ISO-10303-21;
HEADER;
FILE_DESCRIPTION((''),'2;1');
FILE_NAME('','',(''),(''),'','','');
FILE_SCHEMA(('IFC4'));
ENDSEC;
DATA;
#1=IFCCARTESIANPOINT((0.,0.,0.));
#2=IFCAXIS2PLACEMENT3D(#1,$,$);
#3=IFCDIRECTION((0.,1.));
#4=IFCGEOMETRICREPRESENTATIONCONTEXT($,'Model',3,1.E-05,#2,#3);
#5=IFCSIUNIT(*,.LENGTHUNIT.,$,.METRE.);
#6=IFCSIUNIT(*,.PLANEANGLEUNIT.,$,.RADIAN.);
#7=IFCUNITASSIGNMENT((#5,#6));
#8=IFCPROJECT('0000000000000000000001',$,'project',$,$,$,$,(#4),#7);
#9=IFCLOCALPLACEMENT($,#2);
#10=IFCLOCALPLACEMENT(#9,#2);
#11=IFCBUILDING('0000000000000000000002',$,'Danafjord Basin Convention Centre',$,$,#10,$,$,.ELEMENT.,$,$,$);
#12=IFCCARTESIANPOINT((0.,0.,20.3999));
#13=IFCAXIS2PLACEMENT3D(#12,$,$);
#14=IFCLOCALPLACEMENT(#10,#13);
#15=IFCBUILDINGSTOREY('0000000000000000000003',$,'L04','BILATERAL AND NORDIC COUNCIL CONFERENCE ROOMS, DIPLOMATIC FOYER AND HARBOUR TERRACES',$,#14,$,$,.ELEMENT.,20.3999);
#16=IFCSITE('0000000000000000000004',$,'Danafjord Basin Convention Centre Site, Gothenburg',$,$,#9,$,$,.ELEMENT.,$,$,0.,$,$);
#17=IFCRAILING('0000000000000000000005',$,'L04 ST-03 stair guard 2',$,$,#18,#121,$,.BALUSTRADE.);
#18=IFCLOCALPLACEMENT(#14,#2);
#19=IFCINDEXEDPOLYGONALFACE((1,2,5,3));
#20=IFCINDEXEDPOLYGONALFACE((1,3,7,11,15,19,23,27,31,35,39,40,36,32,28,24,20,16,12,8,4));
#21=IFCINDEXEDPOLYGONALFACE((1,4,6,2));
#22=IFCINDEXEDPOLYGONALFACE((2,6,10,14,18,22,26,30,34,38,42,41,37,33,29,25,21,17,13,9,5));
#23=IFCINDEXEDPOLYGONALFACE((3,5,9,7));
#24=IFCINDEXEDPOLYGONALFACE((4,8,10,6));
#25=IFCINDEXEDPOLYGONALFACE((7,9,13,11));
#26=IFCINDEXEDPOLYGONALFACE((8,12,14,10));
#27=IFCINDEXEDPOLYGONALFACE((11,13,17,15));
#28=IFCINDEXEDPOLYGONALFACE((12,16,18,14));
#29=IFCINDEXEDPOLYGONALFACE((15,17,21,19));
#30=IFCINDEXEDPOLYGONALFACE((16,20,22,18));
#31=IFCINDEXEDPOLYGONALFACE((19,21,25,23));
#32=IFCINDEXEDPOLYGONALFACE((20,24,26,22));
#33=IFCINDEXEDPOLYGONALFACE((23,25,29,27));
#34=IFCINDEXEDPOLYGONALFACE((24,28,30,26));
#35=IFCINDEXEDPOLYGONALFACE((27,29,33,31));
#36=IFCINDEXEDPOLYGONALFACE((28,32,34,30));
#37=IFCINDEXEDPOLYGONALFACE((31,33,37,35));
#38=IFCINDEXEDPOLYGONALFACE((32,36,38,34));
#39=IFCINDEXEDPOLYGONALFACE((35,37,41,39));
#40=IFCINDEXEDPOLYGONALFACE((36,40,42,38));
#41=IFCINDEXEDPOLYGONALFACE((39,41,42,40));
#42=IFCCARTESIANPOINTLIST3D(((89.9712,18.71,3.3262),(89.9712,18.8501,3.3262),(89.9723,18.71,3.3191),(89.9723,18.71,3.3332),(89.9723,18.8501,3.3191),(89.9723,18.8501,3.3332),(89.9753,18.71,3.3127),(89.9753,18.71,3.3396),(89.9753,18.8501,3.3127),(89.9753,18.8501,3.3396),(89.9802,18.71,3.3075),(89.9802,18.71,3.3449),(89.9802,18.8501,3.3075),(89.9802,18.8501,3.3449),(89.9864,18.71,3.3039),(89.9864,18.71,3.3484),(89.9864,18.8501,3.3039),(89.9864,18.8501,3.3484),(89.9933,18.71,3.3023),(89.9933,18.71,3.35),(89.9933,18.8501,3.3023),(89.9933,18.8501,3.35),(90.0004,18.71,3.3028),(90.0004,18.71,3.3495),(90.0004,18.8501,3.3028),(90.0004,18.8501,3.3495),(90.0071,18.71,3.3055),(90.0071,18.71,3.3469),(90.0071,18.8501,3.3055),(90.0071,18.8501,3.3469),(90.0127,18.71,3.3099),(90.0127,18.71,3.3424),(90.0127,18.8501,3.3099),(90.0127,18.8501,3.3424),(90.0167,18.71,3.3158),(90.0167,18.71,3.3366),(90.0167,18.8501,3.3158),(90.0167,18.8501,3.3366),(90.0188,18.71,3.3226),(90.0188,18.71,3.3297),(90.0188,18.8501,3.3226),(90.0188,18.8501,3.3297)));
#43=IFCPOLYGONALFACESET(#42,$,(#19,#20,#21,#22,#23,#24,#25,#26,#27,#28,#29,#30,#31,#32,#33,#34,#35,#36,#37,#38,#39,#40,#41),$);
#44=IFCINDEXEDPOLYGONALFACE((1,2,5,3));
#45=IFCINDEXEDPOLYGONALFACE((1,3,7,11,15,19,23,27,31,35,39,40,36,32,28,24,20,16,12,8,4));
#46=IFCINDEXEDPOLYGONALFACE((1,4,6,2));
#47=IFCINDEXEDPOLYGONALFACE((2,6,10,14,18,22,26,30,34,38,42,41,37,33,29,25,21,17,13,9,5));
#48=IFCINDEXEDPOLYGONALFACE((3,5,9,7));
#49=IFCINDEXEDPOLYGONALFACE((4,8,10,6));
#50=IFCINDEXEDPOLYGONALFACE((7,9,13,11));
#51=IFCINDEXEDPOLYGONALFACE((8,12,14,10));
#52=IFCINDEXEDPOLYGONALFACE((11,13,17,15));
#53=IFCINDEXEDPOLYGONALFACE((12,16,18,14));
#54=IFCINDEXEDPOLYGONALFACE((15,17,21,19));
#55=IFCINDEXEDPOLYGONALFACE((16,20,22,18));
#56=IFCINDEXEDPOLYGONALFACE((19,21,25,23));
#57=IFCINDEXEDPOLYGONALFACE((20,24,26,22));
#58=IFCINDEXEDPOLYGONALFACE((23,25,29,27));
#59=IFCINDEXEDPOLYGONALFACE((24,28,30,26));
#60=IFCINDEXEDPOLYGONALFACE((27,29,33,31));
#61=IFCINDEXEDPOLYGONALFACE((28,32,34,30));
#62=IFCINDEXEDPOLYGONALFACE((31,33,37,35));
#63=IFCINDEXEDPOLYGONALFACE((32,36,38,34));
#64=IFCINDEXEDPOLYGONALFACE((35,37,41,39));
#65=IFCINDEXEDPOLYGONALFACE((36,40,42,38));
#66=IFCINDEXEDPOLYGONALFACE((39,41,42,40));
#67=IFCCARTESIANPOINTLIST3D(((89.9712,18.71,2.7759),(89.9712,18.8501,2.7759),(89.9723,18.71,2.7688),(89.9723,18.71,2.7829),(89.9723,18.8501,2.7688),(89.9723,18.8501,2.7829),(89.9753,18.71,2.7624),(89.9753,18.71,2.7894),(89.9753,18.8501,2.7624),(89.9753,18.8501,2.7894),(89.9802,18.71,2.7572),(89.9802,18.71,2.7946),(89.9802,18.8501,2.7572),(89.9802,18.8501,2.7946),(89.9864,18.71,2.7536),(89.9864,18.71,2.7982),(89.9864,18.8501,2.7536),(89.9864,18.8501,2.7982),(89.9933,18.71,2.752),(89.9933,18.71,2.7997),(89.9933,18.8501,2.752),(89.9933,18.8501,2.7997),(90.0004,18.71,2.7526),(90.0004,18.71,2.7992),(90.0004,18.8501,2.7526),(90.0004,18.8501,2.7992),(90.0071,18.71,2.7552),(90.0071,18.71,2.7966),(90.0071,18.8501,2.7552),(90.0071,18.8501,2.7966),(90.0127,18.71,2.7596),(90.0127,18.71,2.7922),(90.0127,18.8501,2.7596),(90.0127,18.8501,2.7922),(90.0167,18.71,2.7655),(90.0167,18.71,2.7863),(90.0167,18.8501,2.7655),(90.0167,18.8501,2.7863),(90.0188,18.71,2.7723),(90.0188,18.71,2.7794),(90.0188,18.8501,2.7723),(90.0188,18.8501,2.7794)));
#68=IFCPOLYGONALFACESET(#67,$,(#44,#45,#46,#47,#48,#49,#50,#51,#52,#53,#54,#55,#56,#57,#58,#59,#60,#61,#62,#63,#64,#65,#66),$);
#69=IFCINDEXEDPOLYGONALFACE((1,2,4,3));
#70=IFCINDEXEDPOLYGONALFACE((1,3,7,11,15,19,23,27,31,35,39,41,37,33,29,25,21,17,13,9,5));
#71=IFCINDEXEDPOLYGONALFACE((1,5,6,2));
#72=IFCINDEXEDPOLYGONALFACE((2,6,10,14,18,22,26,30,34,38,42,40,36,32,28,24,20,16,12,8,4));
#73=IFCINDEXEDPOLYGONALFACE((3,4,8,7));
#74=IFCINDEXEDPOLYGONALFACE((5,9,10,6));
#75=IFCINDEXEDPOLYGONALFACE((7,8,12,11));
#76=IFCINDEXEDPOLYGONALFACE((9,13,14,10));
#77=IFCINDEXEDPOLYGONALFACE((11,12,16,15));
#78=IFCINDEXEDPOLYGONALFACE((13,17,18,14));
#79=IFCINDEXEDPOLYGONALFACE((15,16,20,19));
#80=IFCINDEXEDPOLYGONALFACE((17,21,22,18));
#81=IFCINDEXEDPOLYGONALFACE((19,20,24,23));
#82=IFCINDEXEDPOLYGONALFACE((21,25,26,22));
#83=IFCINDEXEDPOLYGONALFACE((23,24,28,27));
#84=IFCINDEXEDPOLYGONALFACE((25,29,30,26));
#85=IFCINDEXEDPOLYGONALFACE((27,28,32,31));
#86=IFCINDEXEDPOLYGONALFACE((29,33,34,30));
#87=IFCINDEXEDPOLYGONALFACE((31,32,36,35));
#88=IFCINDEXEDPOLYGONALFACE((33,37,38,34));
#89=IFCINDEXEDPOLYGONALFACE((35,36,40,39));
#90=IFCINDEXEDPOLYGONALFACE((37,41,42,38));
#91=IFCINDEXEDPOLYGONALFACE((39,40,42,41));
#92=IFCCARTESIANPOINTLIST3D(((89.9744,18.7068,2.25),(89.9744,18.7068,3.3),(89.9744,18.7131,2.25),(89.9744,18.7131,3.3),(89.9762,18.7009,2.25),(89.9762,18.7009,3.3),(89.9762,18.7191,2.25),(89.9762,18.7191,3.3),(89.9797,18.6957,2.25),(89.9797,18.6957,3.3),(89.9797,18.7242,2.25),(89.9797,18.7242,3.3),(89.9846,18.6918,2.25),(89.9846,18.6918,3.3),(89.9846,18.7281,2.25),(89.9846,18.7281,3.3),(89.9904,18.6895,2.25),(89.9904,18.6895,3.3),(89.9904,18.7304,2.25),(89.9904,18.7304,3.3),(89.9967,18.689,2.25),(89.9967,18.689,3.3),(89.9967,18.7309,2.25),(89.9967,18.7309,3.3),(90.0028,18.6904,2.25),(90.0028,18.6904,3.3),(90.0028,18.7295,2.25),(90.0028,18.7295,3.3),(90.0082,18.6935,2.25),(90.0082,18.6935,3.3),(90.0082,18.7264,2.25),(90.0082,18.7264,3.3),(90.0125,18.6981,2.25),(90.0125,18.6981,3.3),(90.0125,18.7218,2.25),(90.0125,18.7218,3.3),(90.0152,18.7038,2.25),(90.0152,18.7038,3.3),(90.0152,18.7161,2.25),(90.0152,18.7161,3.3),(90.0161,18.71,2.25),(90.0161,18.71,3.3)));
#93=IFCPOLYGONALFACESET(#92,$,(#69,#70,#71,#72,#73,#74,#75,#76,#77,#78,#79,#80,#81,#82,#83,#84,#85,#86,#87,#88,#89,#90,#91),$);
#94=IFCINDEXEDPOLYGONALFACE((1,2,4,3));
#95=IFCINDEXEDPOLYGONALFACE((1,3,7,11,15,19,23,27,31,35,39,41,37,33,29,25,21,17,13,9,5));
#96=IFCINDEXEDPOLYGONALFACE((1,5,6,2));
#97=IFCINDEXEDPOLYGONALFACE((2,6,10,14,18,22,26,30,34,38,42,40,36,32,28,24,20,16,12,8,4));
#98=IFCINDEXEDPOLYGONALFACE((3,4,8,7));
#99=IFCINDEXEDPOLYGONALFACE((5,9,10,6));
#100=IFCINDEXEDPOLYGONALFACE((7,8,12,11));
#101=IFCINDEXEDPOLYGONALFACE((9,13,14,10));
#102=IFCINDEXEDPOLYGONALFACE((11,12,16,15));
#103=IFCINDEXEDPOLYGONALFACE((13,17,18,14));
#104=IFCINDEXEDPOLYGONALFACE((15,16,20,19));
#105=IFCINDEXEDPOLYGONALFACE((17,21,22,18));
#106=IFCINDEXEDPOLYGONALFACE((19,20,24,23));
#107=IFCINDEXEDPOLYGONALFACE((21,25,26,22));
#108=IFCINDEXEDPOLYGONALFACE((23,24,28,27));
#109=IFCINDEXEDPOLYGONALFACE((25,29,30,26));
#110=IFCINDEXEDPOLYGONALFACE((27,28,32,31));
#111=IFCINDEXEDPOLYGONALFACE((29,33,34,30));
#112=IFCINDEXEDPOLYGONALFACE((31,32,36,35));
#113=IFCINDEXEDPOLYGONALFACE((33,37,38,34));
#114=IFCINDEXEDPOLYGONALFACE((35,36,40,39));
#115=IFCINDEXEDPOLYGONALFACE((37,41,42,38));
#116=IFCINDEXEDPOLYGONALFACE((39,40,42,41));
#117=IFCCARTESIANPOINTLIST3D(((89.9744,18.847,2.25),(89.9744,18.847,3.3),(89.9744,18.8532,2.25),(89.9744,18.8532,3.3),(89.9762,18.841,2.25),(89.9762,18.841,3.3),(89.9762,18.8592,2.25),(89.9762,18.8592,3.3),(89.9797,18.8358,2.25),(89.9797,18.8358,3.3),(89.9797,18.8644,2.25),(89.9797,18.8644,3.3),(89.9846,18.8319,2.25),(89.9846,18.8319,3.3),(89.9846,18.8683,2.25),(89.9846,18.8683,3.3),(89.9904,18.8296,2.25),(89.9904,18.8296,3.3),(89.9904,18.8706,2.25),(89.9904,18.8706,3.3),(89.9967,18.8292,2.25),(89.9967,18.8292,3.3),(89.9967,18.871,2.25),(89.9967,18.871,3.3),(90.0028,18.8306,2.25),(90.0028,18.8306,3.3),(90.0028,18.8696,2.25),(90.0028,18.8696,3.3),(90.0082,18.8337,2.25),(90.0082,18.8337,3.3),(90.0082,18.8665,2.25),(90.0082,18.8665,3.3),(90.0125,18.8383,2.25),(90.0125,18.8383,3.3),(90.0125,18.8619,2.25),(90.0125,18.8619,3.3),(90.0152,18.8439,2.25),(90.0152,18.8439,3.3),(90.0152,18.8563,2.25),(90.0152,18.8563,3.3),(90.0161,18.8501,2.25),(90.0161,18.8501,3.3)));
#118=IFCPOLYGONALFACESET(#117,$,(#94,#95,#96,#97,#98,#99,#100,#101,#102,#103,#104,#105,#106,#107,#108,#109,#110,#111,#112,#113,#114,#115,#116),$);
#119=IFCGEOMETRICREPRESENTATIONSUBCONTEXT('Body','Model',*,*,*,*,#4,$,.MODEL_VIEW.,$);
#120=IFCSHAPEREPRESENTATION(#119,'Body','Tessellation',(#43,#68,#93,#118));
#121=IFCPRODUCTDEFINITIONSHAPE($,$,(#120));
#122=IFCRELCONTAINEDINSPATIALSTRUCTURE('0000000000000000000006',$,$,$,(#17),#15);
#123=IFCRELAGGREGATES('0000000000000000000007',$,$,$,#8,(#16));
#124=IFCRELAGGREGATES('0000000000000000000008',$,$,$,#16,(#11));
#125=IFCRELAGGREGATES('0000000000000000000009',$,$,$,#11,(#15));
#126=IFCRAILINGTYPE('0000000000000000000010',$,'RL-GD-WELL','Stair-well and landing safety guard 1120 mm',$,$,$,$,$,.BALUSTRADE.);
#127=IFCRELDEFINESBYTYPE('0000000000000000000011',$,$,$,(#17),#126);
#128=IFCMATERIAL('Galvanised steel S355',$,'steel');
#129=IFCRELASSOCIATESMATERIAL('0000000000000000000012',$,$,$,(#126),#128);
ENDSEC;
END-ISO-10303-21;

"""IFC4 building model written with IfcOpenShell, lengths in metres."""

from ifc_helpers import new_model, si_unit, direction, frame, origin, origin_2d, place, context, subcontext, project, spatial, circle, extrude, material, type_object, element, save


model = new_model("IFC4")

# Units and contexts
model_context = context("Model", 3, precision=1e-05, world=origin(), true_north=direction((0.0, 1.0)))
body_context = subcontext(model_context, "Body", "Model", "MODEL_VIEW")
ifc_project = project(units=[si_unit("LENGTHUNIT", "METRE"), si_unit("PLANEANGLEUNIT", "RADIAN")], contexts=[model_context])

# Site, building, storey
site_placement = place(None, origin())
site = spatial("IfcSite", under=ifc_project, at=site_placement, Name="Danafjord Basin Convention Centre Site, Gothenburg", CompositionType="ELEMENT", RefElevation=0.0)
building_placement = place(site_placement, origin())
building = spatial("IfcBuilding", under=site, at=building_placement, Name="Danafjord Basin Convention Centre", CompositionType="ELEMENT")
storey_placement = place(building_placement, frame((0.0, 0.0, 20.3999)))
storey = spatial("IfcBuildingStorey", under=building, at=storey_placement, Name="L04", Description="BILATERAL AND NORDIC COUNCIL CONFERENCE ROOMS, DIPLOMATIC FOYER AND HARBOUR TERRACES", CompositionType="ELEMENT", Elevation=20.3999)

# Railing
ifc_material_1 = material(Name="Galvanised steel S355", Category="steel")
railing_type_1 = type_object("IfcRailingType", Name="RL-GD-WELL", Description="Stair-well and landing safety guard 1120 mm", PredefinedType="BALUSTRADE", material=ifc_material_1)
railing_1_placement = place(storey_placement, frame((89.9951, 18.71, 2.25)))
element("IfcRailing", 1, at=railing_1_placement, inside=storey, type_object=railing_type_1, Name="L04 ST-03 stair guard 2", PredefinedType="BALUSTRADE", context=body_context, shape_type="SweptSolid", body=[
    extrude(circle(Radius=0.0239, at=origin_2d()), frame((0.0, 0.0, 1.0762), z_axis=(0.0, 1.0, 0.0), x_axis=(-1.0, 0.0, 0.0)), (0.0, 0.0, 1.0), 0.1401),
    extrude(circle(Radius=0.0239, at=origin_2d()), frame((0.0, 0.0, 0.5259), z_axis=(0.0, 1.0, 0.0), x_axis=(-1.0, 0.0, 0.0)), (0.0, 0.0, 1.0), 0.1401),
    extrude(circle(Radius=0.021, at=origin_2d()), origin(), (0.0, 0.0, 1.0), 1.05),
    extrude(circle(Radius=0.021, at=origin_2d()), frame((0.0, 0.1401, 0.0)), (0.0, 0.0, 1.0), 1.05),
])

save(model, "model.ifc")
